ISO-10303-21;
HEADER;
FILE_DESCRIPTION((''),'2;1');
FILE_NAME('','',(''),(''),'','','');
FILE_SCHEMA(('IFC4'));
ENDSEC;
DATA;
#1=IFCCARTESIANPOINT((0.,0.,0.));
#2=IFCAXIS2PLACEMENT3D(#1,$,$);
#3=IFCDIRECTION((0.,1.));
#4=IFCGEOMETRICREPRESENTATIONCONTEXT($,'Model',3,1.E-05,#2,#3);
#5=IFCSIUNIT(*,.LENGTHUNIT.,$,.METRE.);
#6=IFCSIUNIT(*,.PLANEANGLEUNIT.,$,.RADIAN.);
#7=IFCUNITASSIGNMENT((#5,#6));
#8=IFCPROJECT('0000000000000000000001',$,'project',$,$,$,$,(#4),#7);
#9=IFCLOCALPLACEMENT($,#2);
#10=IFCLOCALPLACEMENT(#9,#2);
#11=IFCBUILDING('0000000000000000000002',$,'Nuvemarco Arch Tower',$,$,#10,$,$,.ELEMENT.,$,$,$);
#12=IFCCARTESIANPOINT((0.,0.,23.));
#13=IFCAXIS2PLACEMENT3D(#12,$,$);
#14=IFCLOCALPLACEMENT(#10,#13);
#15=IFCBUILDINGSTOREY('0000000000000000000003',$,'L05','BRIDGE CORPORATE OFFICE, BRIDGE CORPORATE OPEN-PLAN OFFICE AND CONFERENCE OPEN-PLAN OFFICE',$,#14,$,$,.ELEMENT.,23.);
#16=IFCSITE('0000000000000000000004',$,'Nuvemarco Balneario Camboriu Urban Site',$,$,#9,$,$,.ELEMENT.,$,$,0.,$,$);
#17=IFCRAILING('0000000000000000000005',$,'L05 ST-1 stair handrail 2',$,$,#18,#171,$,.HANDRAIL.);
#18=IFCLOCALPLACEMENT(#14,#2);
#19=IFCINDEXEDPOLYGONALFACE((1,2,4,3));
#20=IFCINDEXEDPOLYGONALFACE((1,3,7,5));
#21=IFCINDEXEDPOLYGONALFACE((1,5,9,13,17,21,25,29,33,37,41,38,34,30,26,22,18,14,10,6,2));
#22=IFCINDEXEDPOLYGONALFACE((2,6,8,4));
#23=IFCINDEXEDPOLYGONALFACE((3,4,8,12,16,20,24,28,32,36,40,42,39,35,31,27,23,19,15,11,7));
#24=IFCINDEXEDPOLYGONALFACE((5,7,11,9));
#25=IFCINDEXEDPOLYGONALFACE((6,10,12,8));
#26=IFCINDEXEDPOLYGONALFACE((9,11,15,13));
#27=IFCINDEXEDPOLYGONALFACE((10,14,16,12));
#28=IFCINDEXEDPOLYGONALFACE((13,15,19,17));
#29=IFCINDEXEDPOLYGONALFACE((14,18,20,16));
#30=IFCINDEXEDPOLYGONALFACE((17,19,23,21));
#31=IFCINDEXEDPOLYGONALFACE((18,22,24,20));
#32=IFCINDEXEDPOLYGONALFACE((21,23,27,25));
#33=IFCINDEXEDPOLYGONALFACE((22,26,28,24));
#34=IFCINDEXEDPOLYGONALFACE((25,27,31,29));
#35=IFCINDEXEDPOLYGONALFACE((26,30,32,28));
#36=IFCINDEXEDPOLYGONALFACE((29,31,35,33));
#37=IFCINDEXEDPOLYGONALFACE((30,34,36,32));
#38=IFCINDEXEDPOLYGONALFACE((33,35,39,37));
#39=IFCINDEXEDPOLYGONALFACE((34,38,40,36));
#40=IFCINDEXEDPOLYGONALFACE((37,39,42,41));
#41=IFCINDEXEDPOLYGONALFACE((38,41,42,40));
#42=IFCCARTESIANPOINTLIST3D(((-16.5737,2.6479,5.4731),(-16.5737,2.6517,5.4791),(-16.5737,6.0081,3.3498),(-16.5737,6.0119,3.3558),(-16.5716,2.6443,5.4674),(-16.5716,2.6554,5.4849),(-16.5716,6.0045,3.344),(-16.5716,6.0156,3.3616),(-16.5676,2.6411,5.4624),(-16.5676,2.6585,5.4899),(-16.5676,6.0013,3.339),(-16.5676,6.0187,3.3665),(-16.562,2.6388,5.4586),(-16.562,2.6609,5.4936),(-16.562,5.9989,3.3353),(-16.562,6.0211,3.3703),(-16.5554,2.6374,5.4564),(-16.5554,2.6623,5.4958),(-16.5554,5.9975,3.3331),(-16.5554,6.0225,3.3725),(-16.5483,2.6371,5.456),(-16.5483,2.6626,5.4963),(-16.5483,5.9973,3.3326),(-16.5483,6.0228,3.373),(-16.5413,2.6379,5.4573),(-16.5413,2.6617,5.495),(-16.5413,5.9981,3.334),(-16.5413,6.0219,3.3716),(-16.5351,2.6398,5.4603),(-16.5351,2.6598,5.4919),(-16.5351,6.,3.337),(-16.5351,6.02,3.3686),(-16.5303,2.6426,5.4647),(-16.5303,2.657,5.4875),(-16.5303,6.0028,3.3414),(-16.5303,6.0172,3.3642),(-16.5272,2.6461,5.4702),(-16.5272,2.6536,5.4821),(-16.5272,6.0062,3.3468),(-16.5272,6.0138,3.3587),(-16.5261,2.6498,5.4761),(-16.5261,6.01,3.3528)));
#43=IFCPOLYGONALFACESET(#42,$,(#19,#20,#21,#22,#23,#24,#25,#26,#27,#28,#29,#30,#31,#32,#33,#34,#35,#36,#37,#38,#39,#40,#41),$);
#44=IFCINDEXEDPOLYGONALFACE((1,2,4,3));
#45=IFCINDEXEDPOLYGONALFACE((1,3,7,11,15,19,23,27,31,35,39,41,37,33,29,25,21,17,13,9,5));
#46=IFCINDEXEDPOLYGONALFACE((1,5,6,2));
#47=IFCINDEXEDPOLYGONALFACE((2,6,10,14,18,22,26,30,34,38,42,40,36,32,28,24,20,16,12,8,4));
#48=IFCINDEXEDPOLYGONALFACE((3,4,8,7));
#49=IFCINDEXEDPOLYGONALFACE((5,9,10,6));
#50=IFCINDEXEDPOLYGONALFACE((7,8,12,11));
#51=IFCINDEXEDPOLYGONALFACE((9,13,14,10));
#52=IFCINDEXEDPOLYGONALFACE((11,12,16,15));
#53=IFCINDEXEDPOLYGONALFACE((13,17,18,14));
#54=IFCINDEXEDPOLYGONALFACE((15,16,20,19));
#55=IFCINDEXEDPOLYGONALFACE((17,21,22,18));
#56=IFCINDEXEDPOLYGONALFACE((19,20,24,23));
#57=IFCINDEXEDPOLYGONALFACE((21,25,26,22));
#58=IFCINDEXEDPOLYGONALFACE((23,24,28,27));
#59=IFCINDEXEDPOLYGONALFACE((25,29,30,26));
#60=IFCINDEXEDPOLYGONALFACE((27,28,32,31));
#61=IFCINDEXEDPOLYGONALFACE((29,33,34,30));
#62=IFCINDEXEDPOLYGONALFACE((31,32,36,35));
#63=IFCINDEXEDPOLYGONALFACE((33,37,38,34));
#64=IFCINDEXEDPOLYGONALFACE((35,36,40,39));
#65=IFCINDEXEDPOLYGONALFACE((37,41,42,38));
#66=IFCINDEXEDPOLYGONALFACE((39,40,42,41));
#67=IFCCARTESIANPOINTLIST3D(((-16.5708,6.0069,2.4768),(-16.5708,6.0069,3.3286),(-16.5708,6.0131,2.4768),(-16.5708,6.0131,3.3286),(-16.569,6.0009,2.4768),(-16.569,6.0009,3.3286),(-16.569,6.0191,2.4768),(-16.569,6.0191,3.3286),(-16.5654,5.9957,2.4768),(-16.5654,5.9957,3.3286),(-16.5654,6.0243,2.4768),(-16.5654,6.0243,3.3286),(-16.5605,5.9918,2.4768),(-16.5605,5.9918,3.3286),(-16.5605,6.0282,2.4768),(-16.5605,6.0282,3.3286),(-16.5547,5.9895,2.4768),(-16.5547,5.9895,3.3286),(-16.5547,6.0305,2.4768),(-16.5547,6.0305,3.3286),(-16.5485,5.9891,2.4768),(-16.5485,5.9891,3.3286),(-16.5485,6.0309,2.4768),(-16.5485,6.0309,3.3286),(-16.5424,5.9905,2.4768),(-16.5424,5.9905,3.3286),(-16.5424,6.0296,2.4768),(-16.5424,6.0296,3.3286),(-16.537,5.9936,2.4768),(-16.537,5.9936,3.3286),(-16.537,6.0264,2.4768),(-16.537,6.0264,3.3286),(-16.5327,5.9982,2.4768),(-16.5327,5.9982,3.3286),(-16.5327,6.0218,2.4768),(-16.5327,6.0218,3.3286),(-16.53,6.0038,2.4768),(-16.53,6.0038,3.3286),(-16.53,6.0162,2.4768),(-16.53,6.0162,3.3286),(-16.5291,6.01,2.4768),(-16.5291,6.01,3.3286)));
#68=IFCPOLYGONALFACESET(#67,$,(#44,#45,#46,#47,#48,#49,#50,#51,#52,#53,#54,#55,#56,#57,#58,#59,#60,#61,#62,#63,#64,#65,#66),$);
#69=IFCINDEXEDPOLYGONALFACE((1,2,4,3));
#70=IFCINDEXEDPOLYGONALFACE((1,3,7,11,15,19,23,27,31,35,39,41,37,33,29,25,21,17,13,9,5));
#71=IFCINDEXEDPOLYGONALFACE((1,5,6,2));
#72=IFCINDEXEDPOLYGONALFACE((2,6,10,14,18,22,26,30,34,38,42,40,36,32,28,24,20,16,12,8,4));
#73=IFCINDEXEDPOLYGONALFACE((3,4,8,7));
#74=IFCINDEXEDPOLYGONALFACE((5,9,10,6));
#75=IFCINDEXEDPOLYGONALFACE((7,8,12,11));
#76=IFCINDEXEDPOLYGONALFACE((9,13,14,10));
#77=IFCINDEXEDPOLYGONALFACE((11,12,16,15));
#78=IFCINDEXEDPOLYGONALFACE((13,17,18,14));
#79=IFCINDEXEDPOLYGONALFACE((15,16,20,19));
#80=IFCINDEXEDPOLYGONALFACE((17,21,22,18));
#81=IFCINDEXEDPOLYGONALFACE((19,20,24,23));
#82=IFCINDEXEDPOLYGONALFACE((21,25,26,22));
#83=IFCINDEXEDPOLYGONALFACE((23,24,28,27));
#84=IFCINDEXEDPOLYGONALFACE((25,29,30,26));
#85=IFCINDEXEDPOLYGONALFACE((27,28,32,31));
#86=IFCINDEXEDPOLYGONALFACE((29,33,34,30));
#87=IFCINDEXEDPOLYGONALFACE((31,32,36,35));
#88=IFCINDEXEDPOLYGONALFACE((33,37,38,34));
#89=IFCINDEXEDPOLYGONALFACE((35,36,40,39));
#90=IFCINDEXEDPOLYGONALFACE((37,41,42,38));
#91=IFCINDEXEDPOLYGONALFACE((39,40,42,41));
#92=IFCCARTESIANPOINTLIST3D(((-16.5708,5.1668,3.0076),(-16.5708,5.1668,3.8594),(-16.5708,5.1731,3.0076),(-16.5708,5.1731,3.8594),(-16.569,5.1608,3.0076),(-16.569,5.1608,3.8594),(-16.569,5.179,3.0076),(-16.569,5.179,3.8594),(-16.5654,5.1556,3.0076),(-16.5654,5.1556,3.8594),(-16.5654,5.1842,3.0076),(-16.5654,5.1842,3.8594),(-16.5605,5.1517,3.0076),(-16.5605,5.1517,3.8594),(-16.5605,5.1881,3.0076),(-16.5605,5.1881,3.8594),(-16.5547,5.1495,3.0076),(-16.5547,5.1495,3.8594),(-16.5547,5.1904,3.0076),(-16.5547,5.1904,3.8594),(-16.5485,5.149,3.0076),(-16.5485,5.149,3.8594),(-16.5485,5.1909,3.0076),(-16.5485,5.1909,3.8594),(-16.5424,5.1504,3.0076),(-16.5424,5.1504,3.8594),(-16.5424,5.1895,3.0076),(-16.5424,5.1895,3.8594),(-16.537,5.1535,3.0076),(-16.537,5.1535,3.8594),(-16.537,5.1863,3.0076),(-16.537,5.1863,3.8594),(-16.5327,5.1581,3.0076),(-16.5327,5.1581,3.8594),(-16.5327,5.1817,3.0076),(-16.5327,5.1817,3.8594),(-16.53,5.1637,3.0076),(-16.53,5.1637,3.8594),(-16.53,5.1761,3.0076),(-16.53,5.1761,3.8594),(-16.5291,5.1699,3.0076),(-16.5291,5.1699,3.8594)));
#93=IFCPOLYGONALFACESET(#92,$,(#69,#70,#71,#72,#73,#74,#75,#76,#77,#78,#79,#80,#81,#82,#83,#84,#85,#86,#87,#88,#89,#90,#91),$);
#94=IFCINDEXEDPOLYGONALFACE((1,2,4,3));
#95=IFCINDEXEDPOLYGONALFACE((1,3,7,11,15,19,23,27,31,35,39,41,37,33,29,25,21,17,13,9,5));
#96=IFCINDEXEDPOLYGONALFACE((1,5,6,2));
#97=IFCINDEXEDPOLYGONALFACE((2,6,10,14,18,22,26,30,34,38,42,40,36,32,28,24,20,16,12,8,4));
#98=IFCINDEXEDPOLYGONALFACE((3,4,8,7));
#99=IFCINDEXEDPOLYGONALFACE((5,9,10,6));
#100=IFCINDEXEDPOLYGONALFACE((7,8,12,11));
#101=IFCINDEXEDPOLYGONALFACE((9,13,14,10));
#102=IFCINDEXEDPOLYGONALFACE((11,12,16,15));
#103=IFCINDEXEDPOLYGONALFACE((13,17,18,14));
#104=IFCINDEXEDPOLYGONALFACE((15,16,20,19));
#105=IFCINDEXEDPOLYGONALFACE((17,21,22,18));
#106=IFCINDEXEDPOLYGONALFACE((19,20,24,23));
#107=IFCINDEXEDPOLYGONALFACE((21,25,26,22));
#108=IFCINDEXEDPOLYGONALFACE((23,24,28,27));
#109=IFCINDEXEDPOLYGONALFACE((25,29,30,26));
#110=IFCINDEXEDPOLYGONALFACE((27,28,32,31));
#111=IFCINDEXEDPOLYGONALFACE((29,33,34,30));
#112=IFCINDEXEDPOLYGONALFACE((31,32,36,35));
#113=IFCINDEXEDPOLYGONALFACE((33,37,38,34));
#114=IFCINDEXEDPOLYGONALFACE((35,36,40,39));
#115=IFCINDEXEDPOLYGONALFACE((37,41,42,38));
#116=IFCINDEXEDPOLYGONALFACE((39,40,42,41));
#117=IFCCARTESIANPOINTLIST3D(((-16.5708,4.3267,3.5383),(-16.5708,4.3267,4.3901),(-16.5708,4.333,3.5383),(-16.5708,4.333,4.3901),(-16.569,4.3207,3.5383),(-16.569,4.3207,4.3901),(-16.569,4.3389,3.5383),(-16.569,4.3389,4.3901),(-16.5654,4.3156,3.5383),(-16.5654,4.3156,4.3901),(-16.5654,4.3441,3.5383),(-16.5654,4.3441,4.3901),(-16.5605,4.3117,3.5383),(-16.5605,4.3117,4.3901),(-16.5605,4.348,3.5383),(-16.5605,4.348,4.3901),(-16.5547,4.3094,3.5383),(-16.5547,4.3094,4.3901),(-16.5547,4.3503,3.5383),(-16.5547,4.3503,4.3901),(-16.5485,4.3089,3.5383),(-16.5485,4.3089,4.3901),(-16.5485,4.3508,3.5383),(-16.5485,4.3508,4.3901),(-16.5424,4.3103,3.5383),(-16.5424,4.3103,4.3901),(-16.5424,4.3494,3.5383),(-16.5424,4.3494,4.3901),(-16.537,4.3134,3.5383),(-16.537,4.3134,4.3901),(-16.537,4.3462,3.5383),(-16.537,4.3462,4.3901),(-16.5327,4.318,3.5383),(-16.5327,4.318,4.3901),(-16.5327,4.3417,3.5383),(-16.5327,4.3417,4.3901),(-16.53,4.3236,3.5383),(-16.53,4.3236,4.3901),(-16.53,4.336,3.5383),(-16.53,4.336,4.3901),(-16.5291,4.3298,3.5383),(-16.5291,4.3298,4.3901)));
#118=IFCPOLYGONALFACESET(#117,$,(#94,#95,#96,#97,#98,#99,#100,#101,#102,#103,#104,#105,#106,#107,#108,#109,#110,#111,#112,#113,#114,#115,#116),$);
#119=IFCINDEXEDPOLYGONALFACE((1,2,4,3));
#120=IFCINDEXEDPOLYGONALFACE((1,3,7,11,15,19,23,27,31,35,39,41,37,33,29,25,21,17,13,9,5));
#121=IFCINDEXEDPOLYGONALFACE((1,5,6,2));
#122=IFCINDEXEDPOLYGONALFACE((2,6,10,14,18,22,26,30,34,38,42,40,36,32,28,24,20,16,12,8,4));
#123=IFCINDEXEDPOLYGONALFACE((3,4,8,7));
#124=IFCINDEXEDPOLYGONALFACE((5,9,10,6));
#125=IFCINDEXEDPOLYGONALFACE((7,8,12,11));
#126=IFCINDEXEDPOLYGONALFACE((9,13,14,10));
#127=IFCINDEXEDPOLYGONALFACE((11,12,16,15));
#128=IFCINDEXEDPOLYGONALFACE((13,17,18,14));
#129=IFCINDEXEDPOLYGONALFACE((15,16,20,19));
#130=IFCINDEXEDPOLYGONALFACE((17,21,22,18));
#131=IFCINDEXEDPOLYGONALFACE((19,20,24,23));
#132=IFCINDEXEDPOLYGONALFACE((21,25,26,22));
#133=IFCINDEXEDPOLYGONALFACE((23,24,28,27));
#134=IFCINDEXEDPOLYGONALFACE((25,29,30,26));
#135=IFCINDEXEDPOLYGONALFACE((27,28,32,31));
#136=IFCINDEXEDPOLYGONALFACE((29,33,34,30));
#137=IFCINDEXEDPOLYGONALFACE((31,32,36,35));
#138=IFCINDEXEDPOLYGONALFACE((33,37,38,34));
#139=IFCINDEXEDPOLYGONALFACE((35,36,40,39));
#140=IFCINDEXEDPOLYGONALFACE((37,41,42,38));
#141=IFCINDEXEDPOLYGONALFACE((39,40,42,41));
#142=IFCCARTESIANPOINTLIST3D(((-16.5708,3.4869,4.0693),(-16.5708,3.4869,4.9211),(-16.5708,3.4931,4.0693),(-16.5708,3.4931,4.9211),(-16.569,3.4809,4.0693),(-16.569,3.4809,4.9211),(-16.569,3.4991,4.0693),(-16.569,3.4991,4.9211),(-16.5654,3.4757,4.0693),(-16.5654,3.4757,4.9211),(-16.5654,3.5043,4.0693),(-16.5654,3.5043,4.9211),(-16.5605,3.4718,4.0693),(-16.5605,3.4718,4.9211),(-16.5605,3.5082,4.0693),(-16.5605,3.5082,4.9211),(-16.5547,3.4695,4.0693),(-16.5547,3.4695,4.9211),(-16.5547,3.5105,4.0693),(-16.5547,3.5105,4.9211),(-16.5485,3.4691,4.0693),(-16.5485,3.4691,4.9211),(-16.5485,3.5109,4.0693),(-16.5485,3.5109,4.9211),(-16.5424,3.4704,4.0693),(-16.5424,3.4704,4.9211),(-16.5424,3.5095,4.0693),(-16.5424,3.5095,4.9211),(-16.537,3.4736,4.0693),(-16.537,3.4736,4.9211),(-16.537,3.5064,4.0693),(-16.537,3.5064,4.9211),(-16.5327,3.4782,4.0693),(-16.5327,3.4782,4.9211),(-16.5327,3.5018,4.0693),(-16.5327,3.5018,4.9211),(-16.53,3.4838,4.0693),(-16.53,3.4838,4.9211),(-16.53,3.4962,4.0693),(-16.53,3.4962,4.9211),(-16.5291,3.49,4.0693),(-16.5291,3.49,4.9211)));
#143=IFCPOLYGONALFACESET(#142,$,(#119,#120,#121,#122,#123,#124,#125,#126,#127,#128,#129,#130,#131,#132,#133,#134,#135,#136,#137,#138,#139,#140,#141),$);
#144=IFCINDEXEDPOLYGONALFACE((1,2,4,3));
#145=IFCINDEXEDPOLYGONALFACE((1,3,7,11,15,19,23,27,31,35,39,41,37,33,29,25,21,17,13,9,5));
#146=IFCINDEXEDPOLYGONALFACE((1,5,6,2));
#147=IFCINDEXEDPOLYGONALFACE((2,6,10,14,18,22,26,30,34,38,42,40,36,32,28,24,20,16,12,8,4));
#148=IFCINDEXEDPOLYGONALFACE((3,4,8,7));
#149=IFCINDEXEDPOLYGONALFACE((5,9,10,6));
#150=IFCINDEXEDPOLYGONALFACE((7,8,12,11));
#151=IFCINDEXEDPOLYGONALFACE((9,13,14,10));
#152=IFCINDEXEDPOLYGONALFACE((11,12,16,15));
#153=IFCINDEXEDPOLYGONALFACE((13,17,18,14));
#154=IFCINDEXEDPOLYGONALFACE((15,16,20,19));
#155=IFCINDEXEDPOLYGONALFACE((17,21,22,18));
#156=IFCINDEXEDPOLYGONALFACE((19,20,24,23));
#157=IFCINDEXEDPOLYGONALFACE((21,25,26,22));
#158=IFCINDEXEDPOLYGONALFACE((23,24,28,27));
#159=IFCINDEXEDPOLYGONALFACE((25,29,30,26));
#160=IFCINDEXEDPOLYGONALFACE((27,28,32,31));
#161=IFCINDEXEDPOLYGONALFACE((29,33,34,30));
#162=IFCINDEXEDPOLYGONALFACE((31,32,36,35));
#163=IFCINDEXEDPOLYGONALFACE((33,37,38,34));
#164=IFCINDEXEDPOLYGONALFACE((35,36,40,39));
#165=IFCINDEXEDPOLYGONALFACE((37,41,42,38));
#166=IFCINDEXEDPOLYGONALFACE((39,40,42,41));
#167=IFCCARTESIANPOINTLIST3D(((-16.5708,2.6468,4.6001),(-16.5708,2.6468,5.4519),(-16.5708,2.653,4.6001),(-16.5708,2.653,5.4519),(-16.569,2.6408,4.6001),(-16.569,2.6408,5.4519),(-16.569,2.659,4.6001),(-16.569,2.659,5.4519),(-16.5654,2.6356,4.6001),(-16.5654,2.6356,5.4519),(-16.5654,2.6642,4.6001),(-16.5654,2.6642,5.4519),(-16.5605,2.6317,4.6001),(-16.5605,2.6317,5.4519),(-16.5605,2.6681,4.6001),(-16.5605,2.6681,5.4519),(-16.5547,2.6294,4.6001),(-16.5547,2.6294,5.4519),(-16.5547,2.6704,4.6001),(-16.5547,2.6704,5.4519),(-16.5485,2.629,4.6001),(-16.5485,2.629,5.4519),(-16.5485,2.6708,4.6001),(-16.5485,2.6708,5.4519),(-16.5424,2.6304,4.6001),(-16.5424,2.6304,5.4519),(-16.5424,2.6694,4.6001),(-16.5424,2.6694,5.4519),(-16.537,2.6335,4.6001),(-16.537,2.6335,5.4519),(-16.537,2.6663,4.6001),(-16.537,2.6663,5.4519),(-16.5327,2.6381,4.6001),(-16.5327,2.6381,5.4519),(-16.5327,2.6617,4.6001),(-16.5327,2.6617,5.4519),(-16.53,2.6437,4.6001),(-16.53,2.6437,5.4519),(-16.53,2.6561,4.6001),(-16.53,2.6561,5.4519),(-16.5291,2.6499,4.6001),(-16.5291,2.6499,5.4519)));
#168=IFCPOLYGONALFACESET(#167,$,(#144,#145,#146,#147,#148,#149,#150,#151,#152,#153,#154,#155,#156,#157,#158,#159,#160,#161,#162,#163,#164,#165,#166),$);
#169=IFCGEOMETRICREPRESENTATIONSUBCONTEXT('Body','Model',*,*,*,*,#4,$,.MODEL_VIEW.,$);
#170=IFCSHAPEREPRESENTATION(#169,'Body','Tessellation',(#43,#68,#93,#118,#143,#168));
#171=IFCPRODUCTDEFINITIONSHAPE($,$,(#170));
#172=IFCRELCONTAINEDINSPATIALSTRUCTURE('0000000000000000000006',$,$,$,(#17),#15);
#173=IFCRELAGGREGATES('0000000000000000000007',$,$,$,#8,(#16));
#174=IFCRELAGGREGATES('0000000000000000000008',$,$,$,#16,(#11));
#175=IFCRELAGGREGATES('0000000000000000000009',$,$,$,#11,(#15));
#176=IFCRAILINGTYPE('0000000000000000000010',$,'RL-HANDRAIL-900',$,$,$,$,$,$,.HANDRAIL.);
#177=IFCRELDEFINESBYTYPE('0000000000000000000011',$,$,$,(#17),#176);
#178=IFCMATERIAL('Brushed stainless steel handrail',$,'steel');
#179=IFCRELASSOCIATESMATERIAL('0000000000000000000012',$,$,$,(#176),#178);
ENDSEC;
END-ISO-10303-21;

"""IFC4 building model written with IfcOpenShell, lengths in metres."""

from ifc_helpers import new_model, si_unit, direction, frame, origin, origin_2d, place, context, subcontext, project, spatial, circle, extrude, material, type_object, element, save


model = new_model("IFC4")

# Units and contexts
model_context = context("Model", 3, precision=1e-05, world=origin(), true_north=direction((0.0, 1.0)))
body_context = subcontext(model_context, "Body", "Model", "MODEL_VIEW")
ifc_project = project(units=[si_unit("LENGTHUNIT", "METRE"), si_unit("PLANEANGLEUNIT", "RADIAN")], contexts=[model_context])

# Site, building, storey
site_placement = place(None, origin())
site = spatial("IfcSite", under=ifc_project, at=site_placement, Name="Nuvemarco Balneario Camboriu Urban Site", CompositionType="ELEMENT", RefElevation=0.0)
building_placement = place(site_placement, origin())
building = spatial("IfcBuilding", under=site, at=building_placement, Name="Nuvemarco Arch Tower", CompositionType="ELEMENT")
storey_placement = place(building_placement, frame((0.0, 0.0, 23.0)))
storey = spatial("IfcBuildingStorey", under=building, at=storey_placement, Name="L05", Description="BRIDGE CORPORATE OFFICE, BRIDGE CORPORATE OPEN-PLAN OFFICE AND CONFERENCE OPEN-PLAN OFFICE", CompositionType="ELEMENT", Elevation=23.0)

# Railing
ifc_material_1 = material(Name="Brushed stainless steel handrail", Category="steel")
railing_type_1 = type_object("IfcRailingType", Name="RL-HANDRAIL-900", PredefinedType="HANDRAIL", material=ifc_material_1)
railing_1_placement = place(storey_placement, frame((-16.55, 6.01, 2.4768)))
element("IfcRailing", 1, at=railing_1_placement, inside=storey, type_object=railing_type_1, Name="L05 ST-1 stair handrail 2", PredefinedType="HANDRAIL", context=body_context, shape_type="SweptSolid", body=[
    extrude(circle(Radius=0.0239, at=origin_2d()), frame((0.0, 0.0, 0.876), z_axis=(0.0, -0.845362, 0.534194), x_axis=(1.0, 0.0, 0.0)), (0.0, 0.0, 1.0), 3.9749),
    extrude(circle(Radius=0.021, at=origin_2d()), origin(), (0.0, 0.0, 1.0), 0.8518),
    extrude(circle(Radius=0.021, at=origin_2d()), frame((0.0, -0.8401, 0.5308)), (0.0, 0.0, 1.0), 0.8518),
    extrude(circle(Radius=0.021, at=origin_2d()), frame((0.0, -1.6802, 1.0615)), (0.0, 0.0, 1.0), 0.8518),
    extrude(circle(Radius=0.021, at=origin_2d()), frame((0.0, -2.52, 1.5925)), (0.0, 0.0, 1.0), 0.8518),
    extrude(circle(Radius=0.021, at=origin_2d()), frame((0.0, -3.3601, 2.1233)), (0.0, 0.0, 1.0), 0.8518),
])

save(model, "model.ifc")
